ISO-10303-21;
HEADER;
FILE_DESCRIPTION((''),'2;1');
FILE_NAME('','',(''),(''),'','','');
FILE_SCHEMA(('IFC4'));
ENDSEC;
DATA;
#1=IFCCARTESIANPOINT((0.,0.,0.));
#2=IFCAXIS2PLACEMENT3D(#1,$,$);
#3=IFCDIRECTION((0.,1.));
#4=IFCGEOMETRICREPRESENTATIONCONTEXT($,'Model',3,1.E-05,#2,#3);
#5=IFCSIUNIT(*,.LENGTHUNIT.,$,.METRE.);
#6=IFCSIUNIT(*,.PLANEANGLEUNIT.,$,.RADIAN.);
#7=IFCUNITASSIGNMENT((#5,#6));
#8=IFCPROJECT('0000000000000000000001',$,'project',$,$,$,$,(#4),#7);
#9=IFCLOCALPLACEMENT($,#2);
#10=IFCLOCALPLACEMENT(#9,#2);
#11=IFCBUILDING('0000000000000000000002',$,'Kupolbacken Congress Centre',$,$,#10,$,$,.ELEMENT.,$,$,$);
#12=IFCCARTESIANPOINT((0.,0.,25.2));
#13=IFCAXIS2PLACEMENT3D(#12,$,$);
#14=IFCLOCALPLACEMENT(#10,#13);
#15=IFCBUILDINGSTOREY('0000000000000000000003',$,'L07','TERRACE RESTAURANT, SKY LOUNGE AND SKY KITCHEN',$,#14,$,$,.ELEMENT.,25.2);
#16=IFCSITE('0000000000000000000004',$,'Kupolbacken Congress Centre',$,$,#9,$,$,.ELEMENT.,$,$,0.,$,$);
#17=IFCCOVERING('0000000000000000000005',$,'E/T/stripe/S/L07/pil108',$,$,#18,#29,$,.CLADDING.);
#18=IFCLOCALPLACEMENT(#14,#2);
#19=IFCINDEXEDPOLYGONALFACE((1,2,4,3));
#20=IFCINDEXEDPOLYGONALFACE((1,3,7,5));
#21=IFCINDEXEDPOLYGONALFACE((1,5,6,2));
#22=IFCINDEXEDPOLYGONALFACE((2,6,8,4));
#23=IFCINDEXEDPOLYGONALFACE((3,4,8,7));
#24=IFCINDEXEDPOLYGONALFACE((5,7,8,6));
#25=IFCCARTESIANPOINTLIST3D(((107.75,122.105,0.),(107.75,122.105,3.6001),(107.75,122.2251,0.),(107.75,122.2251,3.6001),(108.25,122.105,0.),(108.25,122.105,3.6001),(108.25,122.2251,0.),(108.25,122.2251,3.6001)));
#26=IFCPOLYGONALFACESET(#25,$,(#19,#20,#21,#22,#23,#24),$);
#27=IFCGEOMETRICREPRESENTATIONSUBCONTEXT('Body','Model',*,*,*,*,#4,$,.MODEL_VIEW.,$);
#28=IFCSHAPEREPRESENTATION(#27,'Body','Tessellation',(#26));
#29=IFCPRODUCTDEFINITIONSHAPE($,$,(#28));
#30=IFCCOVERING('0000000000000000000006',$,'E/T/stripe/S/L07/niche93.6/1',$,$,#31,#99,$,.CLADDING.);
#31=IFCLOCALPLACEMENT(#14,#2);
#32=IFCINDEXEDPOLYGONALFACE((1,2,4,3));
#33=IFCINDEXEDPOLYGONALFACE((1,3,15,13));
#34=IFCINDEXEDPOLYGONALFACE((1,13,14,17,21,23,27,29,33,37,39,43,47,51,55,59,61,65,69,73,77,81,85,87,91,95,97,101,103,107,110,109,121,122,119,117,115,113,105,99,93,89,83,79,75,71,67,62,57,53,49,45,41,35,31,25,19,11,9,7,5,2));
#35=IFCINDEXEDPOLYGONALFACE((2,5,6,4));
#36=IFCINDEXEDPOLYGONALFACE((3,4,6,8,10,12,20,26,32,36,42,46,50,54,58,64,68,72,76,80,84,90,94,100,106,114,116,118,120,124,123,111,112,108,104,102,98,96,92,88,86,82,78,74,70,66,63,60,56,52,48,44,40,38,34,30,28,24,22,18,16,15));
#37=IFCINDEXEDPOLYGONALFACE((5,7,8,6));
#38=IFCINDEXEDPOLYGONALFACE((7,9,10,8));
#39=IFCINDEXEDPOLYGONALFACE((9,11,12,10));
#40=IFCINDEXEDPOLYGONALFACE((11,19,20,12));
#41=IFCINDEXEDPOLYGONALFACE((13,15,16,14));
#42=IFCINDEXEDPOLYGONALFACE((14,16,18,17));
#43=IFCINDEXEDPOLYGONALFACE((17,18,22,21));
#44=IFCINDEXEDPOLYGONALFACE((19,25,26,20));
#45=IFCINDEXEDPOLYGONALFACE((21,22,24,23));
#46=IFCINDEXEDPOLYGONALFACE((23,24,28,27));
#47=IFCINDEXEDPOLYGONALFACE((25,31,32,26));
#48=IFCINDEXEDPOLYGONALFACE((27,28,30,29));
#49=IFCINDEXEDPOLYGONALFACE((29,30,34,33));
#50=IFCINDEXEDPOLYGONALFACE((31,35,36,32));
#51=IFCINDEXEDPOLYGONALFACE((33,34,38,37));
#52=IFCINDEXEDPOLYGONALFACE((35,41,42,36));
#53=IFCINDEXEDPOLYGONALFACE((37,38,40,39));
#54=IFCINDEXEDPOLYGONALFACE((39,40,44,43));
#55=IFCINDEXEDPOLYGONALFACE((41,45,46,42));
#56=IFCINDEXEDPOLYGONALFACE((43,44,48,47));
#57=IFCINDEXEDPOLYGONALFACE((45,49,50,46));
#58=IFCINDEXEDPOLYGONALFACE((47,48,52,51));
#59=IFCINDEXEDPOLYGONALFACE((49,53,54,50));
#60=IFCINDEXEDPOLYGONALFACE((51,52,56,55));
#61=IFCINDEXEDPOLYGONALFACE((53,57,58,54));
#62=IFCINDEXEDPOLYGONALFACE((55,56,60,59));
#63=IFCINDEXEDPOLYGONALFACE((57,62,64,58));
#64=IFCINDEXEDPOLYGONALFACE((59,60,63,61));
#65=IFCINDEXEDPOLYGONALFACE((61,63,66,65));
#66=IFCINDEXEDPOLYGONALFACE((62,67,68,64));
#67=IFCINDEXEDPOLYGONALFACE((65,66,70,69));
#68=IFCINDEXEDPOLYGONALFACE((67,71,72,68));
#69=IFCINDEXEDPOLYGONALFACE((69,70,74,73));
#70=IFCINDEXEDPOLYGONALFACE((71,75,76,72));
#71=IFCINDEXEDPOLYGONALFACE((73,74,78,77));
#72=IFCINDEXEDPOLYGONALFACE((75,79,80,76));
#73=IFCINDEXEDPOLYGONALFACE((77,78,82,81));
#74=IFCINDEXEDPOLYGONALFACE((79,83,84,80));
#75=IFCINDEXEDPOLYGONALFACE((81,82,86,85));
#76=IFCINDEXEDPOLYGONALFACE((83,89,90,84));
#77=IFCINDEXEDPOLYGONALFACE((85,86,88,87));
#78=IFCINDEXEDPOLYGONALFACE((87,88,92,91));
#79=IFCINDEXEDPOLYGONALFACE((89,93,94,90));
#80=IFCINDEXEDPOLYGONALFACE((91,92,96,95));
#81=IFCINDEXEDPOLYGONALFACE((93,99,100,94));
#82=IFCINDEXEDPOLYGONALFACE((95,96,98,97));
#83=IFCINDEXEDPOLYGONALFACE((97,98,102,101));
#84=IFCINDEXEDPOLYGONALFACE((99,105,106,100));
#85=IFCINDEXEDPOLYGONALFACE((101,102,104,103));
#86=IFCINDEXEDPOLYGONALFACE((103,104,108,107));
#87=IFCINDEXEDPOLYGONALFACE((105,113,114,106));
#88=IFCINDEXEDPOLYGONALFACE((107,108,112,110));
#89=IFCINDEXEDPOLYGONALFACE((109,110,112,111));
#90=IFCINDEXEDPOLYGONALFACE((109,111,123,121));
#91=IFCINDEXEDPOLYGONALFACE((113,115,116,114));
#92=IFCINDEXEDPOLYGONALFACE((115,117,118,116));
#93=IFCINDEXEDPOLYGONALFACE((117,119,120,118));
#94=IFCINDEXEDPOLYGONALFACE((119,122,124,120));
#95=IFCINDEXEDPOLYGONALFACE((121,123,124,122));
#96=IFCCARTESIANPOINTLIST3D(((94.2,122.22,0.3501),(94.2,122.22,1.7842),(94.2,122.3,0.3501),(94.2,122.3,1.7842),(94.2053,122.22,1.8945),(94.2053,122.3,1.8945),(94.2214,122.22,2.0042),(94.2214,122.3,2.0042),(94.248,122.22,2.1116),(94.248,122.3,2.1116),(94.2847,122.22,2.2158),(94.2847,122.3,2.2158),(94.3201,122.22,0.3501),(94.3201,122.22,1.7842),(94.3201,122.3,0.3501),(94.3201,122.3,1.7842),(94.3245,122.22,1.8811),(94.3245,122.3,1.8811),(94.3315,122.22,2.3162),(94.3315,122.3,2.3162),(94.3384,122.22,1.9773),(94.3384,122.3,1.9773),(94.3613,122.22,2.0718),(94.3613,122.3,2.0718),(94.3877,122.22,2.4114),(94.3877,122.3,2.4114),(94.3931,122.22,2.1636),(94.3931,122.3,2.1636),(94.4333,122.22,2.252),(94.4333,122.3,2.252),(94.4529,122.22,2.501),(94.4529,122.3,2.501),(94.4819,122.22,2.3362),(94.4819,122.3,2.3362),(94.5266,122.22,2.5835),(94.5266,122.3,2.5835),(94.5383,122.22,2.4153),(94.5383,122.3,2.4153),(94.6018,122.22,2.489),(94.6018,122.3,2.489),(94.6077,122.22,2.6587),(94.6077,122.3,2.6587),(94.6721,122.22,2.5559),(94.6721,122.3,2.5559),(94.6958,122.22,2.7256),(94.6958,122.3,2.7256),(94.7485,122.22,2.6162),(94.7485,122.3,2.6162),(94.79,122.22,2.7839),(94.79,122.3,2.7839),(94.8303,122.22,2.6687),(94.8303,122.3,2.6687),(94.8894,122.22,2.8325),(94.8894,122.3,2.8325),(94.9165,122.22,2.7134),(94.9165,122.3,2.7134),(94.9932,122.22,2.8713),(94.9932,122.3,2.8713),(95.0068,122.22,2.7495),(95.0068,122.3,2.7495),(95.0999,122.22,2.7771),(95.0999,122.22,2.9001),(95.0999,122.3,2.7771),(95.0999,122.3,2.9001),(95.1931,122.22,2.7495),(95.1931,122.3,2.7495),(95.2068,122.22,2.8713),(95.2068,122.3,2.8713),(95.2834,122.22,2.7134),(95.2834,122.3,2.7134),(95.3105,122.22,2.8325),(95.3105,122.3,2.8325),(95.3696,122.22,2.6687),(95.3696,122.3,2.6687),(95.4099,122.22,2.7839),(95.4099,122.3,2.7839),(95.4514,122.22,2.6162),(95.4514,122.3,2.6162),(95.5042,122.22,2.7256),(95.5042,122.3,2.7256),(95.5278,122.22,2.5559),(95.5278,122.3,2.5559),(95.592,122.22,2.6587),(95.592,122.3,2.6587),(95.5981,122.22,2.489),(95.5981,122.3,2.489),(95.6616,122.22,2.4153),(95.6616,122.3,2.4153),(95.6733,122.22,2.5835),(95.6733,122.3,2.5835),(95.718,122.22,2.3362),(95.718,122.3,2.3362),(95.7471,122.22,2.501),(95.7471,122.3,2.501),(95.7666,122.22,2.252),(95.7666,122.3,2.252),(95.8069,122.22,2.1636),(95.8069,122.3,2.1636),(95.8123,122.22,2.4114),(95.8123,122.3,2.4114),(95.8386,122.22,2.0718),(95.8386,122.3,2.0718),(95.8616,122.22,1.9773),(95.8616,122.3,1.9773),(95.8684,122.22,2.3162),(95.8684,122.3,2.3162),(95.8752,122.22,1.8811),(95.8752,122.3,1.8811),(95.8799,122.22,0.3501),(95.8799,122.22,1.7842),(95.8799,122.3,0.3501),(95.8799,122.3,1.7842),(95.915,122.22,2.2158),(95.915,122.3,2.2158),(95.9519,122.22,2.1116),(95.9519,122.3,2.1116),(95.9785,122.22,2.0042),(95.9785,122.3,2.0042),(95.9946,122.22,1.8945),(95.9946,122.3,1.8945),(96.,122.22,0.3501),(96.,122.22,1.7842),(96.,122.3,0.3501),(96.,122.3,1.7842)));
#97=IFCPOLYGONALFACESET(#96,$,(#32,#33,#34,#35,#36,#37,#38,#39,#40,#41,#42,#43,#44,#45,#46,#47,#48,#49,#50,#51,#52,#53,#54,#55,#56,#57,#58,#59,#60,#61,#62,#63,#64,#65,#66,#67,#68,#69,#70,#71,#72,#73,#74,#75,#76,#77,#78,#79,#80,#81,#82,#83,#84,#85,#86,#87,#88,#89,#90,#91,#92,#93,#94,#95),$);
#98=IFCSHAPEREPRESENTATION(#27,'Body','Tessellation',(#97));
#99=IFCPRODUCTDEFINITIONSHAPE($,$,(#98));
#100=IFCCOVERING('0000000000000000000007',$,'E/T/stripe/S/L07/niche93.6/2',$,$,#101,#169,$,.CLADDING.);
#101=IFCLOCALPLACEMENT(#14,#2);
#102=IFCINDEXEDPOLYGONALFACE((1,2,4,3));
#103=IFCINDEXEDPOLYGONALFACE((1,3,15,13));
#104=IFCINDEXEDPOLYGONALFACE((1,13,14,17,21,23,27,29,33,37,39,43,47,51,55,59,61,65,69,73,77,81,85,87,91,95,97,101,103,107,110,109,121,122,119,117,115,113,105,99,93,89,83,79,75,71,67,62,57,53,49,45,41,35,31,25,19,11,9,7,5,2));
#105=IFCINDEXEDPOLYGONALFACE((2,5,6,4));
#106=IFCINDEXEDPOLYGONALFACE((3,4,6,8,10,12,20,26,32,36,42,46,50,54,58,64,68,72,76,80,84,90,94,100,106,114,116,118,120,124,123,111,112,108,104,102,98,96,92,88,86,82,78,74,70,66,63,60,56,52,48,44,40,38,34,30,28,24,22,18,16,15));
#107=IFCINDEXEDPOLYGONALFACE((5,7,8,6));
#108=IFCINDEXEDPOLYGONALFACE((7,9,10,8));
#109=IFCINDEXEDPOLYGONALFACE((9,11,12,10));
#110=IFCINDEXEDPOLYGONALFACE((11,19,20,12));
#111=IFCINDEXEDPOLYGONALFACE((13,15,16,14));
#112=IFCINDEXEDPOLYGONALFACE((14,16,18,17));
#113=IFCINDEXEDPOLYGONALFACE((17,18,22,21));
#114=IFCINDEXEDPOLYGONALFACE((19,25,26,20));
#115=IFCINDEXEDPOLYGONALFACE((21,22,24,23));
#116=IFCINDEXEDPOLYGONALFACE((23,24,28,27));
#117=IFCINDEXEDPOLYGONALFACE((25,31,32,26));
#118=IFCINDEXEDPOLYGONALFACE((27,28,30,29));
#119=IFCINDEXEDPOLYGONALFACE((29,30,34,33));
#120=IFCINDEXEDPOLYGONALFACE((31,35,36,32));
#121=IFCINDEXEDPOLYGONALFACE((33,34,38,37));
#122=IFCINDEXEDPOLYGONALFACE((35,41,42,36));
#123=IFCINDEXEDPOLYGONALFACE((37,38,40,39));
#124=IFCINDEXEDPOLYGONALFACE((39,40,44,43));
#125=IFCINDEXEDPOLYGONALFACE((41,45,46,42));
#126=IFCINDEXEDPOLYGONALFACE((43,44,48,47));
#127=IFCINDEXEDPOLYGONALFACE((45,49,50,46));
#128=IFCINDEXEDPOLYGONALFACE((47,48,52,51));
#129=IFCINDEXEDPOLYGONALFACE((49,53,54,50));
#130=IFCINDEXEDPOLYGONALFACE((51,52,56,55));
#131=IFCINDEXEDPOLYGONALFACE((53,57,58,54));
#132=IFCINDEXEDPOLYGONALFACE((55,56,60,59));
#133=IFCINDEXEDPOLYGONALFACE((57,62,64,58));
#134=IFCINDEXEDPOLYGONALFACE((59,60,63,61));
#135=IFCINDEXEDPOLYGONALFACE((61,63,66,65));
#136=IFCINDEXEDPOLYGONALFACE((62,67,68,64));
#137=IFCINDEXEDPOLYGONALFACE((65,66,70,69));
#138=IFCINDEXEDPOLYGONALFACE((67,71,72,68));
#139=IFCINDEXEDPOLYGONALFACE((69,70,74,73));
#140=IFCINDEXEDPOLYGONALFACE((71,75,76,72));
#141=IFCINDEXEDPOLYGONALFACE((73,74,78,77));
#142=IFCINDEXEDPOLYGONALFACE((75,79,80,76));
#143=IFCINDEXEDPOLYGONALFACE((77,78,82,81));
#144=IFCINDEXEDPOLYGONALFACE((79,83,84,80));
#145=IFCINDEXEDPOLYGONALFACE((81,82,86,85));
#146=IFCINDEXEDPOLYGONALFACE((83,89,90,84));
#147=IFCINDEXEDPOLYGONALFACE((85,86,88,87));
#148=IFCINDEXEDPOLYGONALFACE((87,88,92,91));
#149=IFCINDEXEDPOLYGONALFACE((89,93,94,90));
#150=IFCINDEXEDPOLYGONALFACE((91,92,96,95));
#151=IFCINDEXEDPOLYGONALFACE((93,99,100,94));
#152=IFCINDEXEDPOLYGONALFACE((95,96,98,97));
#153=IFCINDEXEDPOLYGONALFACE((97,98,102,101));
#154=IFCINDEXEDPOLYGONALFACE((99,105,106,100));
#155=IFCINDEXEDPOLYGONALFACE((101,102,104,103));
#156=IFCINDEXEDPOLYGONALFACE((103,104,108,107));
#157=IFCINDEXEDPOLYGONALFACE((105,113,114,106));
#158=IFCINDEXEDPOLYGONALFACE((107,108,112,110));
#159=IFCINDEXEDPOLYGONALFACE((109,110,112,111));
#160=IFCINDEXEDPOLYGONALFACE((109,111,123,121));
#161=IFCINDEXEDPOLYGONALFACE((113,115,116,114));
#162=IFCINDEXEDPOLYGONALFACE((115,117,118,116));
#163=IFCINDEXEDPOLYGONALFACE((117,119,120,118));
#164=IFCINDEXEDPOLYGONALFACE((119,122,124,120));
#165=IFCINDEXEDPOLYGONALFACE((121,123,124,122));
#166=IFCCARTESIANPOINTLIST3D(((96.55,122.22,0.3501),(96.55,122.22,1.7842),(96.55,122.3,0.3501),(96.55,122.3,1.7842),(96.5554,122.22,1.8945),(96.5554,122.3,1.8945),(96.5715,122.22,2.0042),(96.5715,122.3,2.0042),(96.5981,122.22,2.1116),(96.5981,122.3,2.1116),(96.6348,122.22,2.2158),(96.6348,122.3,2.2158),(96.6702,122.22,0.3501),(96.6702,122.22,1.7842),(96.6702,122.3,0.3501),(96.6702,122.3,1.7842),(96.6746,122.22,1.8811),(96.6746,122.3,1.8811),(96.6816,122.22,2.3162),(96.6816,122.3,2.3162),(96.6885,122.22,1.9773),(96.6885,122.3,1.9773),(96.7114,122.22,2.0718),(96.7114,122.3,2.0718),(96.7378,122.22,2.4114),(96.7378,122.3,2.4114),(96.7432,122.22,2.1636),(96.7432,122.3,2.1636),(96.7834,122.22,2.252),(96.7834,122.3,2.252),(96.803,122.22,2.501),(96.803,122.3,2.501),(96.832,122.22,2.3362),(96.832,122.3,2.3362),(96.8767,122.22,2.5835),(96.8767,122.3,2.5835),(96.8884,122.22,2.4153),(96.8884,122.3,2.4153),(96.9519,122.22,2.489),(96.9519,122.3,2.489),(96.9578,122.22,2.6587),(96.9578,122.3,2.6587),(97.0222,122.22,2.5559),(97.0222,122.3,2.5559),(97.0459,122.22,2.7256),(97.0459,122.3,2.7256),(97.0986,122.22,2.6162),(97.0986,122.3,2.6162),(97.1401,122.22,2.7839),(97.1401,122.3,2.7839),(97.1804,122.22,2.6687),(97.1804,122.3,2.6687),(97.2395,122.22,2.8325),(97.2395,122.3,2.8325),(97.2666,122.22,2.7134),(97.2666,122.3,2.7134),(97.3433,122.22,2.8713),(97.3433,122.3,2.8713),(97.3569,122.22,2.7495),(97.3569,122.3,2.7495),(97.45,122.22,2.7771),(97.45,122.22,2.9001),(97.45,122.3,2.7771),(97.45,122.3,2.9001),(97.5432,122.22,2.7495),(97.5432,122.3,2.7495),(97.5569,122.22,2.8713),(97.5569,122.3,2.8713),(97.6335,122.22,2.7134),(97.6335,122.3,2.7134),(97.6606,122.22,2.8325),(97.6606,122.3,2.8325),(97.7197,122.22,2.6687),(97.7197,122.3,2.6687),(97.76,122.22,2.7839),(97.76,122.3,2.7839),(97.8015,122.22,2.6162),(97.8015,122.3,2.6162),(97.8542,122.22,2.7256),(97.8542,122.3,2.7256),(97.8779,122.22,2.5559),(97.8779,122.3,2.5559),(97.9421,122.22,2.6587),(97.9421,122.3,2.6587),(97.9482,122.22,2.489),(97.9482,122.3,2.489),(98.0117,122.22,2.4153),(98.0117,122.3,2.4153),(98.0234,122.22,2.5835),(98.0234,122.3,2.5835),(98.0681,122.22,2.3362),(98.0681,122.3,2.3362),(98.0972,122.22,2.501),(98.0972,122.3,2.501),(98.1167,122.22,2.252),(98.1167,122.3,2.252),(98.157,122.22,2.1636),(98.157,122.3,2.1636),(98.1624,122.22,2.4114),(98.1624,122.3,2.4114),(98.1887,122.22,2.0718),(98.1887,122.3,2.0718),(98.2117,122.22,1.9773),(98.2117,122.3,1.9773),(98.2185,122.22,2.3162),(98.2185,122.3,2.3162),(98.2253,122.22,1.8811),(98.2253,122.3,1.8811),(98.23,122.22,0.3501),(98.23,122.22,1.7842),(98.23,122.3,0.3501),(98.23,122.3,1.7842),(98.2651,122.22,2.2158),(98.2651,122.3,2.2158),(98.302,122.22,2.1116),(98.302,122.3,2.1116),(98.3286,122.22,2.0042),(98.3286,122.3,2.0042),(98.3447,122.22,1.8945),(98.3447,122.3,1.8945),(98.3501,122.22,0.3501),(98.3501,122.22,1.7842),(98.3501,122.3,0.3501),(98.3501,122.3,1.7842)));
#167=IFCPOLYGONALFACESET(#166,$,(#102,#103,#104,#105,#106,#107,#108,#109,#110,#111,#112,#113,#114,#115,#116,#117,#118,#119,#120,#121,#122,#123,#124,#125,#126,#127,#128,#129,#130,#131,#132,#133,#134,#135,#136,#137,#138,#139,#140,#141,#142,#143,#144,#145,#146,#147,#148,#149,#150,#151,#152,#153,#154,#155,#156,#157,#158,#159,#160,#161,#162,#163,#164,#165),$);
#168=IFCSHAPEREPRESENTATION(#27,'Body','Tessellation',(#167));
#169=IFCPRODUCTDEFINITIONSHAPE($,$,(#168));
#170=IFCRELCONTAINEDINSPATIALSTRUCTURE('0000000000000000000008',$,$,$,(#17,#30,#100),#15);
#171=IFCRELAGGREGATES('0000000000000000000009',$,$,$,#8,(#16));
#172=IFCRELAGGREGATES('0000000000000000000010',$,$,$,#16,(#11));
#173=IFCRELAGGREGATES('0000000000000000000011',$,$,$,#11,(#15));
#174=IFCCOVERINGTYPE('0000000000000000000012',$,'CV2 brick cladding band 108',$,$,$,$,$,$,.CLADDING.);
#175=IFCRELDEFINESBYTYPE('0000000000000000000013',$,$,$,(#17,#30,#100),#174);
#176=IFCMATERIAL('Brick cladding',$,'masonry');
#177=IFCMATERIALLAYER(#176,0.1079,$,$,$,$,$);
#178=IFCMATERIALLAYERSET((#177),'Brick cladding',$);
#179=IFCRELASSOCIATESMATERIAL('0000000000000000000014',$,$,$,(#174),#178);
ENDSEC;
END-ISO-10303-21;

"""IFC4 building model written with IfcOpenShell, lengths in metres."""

from ifc_helpers import new_model, si_unit, direction, frame, origin, origin_2d, place, context, subcontext, project, spatial, polyline, rectangle, outline, extrude, material, layer, layer_set, type_object, element, save


model = new_model("IFC4")

# Units and contexts
model_context = context("Model", 3, precision=1e-05, world=origin(), true_north=direction((0.0, 1.0)))
body_context = subcontext(model_context, "Body", "Model", "MODEL_VIEW")
ifc_project = project(units=[si_unit("LENGTHUNIT", "METRE"), si_unit("PLANEANGLEUNIT", "RADIAN")], contexts=[model_context])

# Site, building, storey
site_placement = place(None, origin())
site = spatial("IfcSite", under=ifc_project, at=site_placement, Name="Kupolbacken Congress Centre", CompositionType="ELEMENT", RefElevation=0.0)
building_placement = place(site_placement, origin())
building = spatial("IfcBuilding", under=site, at=building_placement, Name="Kupolbacken Congress Centre", CompositionType="ELEMENT")
storey_placement = place(building_placement, frame((0.0, 0.0, 25.2)))
storey = spatial("IfcBuildingStorey", under=building, at=storey_placement, Name="L07", Description="TERRACE RESTAURANT, SKY LOUNGE AND SKY KITCHEN", CompositionType="ELEMENT", Elevation=25.2)

# Coverings
ifc_material_1 = material(Name="Brick cladding", Category="masonry")
ifc_layer_1 = layer(ifc_material_1, 0.1079)
ifc_layer_set_1 = layer_set([ifc_layer_1], Name="Brick cladding")
covering_type_1 = type_object("IfcCoveringType", Name="CV2 brick cladding band 108", PredefinedType="CLADDING", material=ifc_layer_set_1)
covering_1_placement = place(storey_placement, frame((108.0, 122.165, 0.0), z_axis=(0.0, 0.0, 1.0), x_axis=(1.0, 0.0, 0.0)))
element("IfcCovering", 1, at=covering_1_placement, inside=storey, type_object=covering_type_1, Name="E/T/stripe/S/L07/pil108", PredefinedType="CLADDING", context=body_context, shape_type="SweptSolid", body=[
    extrude(rectangle(XDim=0.5, YDim=0.1201, at=origin_2d()), origin(), (0.0, 0.0, 1.0), 3.6001),
])
covering_2_placement = place(storey_placement, frame((94.2, 122.3, 0.3501), z_axis=(0.0, -1.0, 0.0), x_axis=(1.0, 0.0, 0.0)))
element("IfcCovering", 2, at=covering_2_placement, inside=storey, type_object=covering_type_1, Name="E/T/stripe/S/L07/niche93.6/1", PredefinedType="CLADDING", context=body_context, shape_type="SweptSolid", body=[
    extrude(outline(polyline([(0.0, 0.0), (0.0, 1.4341), (0.0054, 1.5444), (0.0215, 1.6541), (0.0481, 1.7615), (0.0847, 1.8657), (0.1316, 1.9661), (0.1877, 2.0613), (0.2529, 2.1509), (0.3267, 2.2334), (0.4077, 2.3086), (0.4958, 2.3755), (0.5901, 2.4338), (0.6895, 2.4824), (0.7932, 2.5212), (0.8999, 2.55), (1.0068, 2.5212), (1.1106, 2.4824), (1.21, 2.4338), (1.3042, 2.3755), (1.3921, 2.3086), (1.4734, 2.2334), (1.5471, 2.1509), (1.6123, 2.0613), (1.6685, 1.9661), (1.7151, 1.8657), (1.752, 1.7615), (1.7786, 1.6541), (1.7947, 1.5444), (1.8, 1.4341), (1.8, 0.0), (1.6799, 0.0), (1.6799, 1.4341), (1.6753, 1.531), (1.6616, 1.6272), (1.6387, 1.7217), (1.6069, 1.8135), (1.5667, 1.9019), (1.5181, 1.9861), (1.4617, 2.0652), (1.3982, 2.1389), (1.3279, 2.2058), (1.2515, 2.2661), (1.1697, 2.3186), (1.0835, 2.3633), (0.9932, 2.3994), (0.8999, 2.427), (0.8069, 2.3994), (0.7166, 2.3633), (0.6304, 2.3186), (0.5486, 2.2661), (0.4722, 2.2058), (0.4019, 2.1389), (0.3384, 2.0652), (0.282, 1.9861), (0.2334, 1.9019), (0.1931, 1.8135), (0.1614, 1.7217), (0.1384, 1.6272), (0.1245, 1.531), (0.1201, 1.4341), (0.1201, 0.0), (0.0, 0.0)])), origin(), (0.0, 0.0, 1.0), 0.0801),
])
covering_3_placement = place(storey_placement, frame((96.55, 122.3, 0.3501), z_axis=(0.0, -1.0, 0.0), x_axis=(1.0, 0.0, 0.0)))
element("IfcCovering", 3, at=covering_3_placement, inside=storey, type_object=covering_type_1, Name="E/T/stripe/S/L07/niche93.6/2", PredefinedType="CLADDING", context=body_context, shape_type="SweptSolid", body=[
    extrude(outline(polyline([(0.0, 0.0), (0.0, 1.4341), (0.0054, 1.5444), (0.0215, 1.6541), (0.0481, 1.7615), (0.0847, 1.8657), (0.1316, 1.9661), (0.1877, 2.0613), (0.2529, 2.1509), (0.3267, 2.2334), (0.4077, 2.3086), (0.4958, 2.3755), (0.5901, 2.4338), (0.6895, 2.4824), (0.7932, 2.5212), (0.8999, 2.55), (1.0068, 2.5212), (1.1106, 2.4824), (1.21, 2.4338), (1.3042, 2.3755), (1.3921, 2.3086), (1.4734, 2.2334), (1.5471, 2.1509), (1.6123, 2.0613), (1.6685, 1.9661), (1.7151, 1.8657), (1.752, 1.7615), (1.7786, 1.6541), (1.7947, 1.5444), (1.8, 1.4341), (1.8, 0.0), (1.6799, 0.0), (1.6799, 1.4341), (1.6753, 1.531), (1.6616, 1.6272), (1.6387, 1.7217), (1.6069, 1.8135), (1.5667, 1.9019), (1.5181, 1.9861), (1.4617, 2.0652), (1.3982, 2.1389), (1.3279, 2.2058), (1.2515, 2.2661), (1.1697, 2.3186), (1.0835, 2.3633), (0.9932, 2.3994), (0.8999, 2.427), (0.8069, 2.3994), (0.7166, 2.3633), (0.6304, 2.3186), (0.5486, 2.2661), (0.4722, 2.2058), (0.4019, 2.1389), (0.3384, 2.0652), (0.282, 1.9861), (0.2334, 1.9019), (0.1931, 1.8135), (0.1614, 1.7217), (0.1384, 1.6272), (0.1245, 1.531), (0.1201, 1.4341), (0.1201, 0.0), (0.0, 0.0)])), origin(), (0.0, 0.0, 1.0), 0.0801),
])

save(model, "model.ifc")
